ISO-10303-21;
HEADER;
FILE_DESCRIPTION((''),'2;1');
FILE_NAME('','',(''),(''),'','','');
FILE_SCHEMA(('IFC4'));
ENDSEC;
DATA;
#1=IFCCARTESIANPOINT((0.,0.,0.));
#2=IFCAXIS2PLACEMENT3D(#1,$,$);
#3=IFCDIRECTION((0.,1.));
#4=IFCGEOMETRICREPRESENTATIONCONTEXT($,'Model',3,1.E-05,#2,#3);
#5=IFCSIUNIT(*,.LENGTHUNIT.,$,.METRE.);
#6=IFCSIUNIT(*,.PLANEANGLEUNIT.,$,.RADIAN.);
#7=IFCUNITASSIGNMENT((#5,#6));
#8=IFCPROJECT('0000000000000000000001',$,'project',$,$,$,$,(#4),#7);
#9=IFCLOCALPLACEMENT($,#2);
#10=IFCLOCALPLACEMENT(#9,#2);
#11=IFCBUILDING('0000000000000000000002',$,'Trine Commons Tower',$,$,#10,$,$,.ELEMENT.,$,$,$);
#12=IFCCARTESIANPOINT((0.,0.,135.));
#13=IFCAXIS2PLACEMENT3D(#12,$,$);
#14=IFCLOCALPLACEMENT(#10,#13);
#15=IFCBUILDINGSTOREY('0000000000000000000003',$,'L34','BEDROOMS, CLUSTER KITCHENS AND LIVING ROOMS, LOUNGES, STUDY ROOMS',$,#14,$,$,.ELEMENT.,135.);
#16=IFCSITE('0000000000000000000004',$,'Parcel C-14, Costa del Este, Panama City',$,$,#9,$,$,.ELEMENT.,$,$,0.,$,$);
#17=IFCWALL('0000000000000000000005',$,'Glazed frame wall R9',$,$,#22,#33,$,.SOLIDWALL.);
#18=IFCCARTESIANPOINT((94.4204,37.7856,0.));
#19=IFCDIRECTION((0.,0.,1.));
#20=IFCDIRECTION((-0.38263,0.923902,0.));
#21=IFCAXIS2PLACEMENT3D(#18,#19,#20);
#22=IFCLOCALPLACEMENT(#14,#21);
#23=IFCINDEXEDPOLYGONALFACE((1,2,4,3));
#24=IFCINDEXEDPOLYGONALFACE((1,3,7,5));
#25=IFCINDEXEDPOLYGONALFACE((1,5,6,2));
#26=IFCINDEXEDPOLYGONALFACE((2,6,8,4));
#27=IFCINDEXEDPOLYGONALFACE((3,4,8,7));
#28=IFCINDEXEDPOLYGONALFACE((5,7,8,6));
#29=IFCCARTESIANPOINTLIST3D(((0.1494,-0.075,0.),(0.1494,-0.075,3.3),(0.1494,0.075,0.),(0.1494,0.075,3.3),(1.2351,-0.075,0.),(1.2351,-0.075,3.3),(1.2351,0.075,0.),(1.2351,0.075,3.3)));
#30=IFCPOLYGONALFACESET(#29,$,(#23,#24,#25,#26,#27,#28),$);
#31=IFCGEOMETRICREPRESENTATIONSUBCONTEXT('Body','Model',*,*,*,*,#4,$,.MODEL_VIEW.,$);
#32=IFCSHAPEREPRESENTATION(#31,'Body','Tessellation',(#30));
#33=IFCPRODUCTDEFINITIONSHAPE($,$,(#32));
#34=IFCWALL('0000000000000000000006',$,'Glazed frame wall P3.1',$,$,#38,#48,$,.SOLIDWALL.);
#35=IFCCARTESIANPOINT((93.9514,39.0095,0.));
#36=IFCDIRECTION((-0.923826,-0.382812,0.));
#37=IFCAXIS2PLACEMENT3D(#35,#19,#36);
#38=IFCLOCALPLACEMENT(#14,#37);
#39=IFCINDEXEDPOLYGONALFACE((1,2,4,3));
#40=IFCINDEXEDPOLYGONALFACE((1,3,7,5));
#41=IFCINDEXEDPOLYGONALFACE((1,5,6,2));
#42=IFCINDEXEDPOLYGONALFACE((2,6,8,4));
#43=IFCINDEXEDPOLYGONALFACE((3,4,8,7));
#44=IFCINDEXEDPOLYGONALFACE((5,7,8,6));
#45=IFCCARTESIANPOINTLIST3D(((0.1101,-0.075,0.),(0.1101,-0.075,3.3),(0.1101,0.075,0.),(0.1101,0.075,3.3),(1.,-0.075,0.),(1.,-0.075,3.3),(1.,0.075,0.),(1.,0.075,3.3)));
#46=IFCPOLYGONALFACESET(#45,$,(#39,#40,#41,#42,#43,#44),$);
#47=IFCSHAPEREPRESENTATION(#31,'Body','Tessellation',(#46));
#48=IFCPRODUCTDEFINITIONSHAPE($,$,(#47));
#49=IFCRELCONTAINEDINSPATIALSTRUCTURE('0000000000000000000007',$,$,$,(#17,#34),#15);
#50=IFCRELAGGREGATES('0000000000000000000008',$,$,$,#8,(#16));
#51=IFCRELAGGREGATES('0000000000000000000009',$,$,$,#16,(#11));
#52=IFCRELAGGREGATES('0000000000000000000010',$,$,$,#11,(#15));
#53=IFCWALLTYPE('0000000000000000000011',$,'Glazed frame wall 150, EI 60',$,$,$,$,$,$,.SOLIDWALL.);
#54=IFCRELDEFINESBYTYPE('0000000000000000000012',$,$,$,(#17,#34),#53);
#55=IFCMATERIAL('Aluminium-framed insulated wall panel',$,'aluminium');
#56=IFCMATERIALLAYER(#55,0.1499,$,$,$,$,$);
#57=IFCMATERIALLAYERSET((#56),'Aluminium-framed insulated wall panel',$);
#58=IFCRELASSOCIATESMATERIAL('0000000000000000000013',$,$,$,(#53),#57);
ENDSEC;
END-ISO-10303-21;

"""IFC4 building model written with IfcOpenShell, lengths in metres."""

from ifc_helpers import new_model, si_unit, direction, frame, origin, place, context, subcontext, project, spatial, polyline, outline, extrude, material, layer, layer_set, type_object, element, save


model = new_model("IFC4")

# Units and contexts
model_context = context("Model", 3, precision=1e-05, world=origin(), true_north=direction((0.0, 1.0)))
body_context = subcontext(model_context, "Body", "Model", "MODEL_VIEW")
ifc_project = project(units=[si_unit("LENGTHUNIT", "METRE"), si_unit("PLANEANGLEUNIT", "RADIAN")], contexts=[model_context])

# Site, building, storey
site_placement = place(None, origin())
site = spatial("IfcSite", under=ifc_project, at=site_placement, Name="Parcel C-14, Costa del Este, Panama City", CompositionType="ELEMENT", RefElevation=0.0)
building_placement = place(site_placement, origin())
building = spatial("IfcBuilding", under=site, at=building_placement, Name="Trine Commons Tower", CompositionType="ELEMENT")
storey_placement = place(building_placement, frame((0.0, 0.0, 135.0)))
storey = spatial("IfcBuildingStorey", under=building, at=storey_placement, Name="L34", Description="BEDROOMS, CLUSTER KITCHENS AND LIVING ROOMS, LOUNGES, STUDY ROOMS", CompositionType="ELEMENT", Elevation=135.0)

# Walls
ifc_material_1 = material(Name="Aluminium-framed insulated wall panel", Category="aluminium")
ifc_layer_1 = layer(ifc_material_1, 0.1499)
ifc_layer_set_1 = layer_set([ifc_layer_1], Name="Aluminium-framed insulated wall panel")
wall_type_1 = type_object("IfcWallType", Name="Glazed frame wall 150, EI 60", PredefinedType="SOLIDWALL", material=ifc_layer_set_1)
wall_1_placement = place(storey_placement, frame((94.4204, 37.7856, 0.0), z_axis=(0.0, 0.0, 1.0), x_axis=(-0.38263, 0.923902, 0.0)))
element("IfcWall", 1, at=wall_1_placement, inside=storey, type_object=wall_type_1, Name="Glazed frame wall R9", PredefinedType="SOLIDWALL", context=body_context, shape_type="SweptSolid", body=[
    extrude(outline(polyline([(0.1494, 0.075), (0.1494, -0.075), (1.2351, -0.075), (1.2351, 0.075), (0.1494, 0.075)])), origin(), (0.0, 0.0, 1.0), 3.3),
])
wall_2_placement = place(storey_placement, frame((93.9514, 39.0095, 0.0), z_axis=(0.0, 0.0, 1.0), x_axis=(-0.923826, -0.382812, 0.0)))
element("IfcWall", 2, at=wall_2_placement, inside=storey, type_object=wall_type_1, Name="Glazed frame wall P3.1", PredefinedType="SOLIDWALL", context=body_context, shape_type="SweptSolid", body=[
    extrude(outline(polyline([(0.1101, -0.075), (1.0, -0.075), (1.0, 0.075), (0.1101, 0.075), (0.1101, -0.075)])), origin(), (0.0, 0.0, 1.0), 3.3),
])

save(model, "model.ifc")
